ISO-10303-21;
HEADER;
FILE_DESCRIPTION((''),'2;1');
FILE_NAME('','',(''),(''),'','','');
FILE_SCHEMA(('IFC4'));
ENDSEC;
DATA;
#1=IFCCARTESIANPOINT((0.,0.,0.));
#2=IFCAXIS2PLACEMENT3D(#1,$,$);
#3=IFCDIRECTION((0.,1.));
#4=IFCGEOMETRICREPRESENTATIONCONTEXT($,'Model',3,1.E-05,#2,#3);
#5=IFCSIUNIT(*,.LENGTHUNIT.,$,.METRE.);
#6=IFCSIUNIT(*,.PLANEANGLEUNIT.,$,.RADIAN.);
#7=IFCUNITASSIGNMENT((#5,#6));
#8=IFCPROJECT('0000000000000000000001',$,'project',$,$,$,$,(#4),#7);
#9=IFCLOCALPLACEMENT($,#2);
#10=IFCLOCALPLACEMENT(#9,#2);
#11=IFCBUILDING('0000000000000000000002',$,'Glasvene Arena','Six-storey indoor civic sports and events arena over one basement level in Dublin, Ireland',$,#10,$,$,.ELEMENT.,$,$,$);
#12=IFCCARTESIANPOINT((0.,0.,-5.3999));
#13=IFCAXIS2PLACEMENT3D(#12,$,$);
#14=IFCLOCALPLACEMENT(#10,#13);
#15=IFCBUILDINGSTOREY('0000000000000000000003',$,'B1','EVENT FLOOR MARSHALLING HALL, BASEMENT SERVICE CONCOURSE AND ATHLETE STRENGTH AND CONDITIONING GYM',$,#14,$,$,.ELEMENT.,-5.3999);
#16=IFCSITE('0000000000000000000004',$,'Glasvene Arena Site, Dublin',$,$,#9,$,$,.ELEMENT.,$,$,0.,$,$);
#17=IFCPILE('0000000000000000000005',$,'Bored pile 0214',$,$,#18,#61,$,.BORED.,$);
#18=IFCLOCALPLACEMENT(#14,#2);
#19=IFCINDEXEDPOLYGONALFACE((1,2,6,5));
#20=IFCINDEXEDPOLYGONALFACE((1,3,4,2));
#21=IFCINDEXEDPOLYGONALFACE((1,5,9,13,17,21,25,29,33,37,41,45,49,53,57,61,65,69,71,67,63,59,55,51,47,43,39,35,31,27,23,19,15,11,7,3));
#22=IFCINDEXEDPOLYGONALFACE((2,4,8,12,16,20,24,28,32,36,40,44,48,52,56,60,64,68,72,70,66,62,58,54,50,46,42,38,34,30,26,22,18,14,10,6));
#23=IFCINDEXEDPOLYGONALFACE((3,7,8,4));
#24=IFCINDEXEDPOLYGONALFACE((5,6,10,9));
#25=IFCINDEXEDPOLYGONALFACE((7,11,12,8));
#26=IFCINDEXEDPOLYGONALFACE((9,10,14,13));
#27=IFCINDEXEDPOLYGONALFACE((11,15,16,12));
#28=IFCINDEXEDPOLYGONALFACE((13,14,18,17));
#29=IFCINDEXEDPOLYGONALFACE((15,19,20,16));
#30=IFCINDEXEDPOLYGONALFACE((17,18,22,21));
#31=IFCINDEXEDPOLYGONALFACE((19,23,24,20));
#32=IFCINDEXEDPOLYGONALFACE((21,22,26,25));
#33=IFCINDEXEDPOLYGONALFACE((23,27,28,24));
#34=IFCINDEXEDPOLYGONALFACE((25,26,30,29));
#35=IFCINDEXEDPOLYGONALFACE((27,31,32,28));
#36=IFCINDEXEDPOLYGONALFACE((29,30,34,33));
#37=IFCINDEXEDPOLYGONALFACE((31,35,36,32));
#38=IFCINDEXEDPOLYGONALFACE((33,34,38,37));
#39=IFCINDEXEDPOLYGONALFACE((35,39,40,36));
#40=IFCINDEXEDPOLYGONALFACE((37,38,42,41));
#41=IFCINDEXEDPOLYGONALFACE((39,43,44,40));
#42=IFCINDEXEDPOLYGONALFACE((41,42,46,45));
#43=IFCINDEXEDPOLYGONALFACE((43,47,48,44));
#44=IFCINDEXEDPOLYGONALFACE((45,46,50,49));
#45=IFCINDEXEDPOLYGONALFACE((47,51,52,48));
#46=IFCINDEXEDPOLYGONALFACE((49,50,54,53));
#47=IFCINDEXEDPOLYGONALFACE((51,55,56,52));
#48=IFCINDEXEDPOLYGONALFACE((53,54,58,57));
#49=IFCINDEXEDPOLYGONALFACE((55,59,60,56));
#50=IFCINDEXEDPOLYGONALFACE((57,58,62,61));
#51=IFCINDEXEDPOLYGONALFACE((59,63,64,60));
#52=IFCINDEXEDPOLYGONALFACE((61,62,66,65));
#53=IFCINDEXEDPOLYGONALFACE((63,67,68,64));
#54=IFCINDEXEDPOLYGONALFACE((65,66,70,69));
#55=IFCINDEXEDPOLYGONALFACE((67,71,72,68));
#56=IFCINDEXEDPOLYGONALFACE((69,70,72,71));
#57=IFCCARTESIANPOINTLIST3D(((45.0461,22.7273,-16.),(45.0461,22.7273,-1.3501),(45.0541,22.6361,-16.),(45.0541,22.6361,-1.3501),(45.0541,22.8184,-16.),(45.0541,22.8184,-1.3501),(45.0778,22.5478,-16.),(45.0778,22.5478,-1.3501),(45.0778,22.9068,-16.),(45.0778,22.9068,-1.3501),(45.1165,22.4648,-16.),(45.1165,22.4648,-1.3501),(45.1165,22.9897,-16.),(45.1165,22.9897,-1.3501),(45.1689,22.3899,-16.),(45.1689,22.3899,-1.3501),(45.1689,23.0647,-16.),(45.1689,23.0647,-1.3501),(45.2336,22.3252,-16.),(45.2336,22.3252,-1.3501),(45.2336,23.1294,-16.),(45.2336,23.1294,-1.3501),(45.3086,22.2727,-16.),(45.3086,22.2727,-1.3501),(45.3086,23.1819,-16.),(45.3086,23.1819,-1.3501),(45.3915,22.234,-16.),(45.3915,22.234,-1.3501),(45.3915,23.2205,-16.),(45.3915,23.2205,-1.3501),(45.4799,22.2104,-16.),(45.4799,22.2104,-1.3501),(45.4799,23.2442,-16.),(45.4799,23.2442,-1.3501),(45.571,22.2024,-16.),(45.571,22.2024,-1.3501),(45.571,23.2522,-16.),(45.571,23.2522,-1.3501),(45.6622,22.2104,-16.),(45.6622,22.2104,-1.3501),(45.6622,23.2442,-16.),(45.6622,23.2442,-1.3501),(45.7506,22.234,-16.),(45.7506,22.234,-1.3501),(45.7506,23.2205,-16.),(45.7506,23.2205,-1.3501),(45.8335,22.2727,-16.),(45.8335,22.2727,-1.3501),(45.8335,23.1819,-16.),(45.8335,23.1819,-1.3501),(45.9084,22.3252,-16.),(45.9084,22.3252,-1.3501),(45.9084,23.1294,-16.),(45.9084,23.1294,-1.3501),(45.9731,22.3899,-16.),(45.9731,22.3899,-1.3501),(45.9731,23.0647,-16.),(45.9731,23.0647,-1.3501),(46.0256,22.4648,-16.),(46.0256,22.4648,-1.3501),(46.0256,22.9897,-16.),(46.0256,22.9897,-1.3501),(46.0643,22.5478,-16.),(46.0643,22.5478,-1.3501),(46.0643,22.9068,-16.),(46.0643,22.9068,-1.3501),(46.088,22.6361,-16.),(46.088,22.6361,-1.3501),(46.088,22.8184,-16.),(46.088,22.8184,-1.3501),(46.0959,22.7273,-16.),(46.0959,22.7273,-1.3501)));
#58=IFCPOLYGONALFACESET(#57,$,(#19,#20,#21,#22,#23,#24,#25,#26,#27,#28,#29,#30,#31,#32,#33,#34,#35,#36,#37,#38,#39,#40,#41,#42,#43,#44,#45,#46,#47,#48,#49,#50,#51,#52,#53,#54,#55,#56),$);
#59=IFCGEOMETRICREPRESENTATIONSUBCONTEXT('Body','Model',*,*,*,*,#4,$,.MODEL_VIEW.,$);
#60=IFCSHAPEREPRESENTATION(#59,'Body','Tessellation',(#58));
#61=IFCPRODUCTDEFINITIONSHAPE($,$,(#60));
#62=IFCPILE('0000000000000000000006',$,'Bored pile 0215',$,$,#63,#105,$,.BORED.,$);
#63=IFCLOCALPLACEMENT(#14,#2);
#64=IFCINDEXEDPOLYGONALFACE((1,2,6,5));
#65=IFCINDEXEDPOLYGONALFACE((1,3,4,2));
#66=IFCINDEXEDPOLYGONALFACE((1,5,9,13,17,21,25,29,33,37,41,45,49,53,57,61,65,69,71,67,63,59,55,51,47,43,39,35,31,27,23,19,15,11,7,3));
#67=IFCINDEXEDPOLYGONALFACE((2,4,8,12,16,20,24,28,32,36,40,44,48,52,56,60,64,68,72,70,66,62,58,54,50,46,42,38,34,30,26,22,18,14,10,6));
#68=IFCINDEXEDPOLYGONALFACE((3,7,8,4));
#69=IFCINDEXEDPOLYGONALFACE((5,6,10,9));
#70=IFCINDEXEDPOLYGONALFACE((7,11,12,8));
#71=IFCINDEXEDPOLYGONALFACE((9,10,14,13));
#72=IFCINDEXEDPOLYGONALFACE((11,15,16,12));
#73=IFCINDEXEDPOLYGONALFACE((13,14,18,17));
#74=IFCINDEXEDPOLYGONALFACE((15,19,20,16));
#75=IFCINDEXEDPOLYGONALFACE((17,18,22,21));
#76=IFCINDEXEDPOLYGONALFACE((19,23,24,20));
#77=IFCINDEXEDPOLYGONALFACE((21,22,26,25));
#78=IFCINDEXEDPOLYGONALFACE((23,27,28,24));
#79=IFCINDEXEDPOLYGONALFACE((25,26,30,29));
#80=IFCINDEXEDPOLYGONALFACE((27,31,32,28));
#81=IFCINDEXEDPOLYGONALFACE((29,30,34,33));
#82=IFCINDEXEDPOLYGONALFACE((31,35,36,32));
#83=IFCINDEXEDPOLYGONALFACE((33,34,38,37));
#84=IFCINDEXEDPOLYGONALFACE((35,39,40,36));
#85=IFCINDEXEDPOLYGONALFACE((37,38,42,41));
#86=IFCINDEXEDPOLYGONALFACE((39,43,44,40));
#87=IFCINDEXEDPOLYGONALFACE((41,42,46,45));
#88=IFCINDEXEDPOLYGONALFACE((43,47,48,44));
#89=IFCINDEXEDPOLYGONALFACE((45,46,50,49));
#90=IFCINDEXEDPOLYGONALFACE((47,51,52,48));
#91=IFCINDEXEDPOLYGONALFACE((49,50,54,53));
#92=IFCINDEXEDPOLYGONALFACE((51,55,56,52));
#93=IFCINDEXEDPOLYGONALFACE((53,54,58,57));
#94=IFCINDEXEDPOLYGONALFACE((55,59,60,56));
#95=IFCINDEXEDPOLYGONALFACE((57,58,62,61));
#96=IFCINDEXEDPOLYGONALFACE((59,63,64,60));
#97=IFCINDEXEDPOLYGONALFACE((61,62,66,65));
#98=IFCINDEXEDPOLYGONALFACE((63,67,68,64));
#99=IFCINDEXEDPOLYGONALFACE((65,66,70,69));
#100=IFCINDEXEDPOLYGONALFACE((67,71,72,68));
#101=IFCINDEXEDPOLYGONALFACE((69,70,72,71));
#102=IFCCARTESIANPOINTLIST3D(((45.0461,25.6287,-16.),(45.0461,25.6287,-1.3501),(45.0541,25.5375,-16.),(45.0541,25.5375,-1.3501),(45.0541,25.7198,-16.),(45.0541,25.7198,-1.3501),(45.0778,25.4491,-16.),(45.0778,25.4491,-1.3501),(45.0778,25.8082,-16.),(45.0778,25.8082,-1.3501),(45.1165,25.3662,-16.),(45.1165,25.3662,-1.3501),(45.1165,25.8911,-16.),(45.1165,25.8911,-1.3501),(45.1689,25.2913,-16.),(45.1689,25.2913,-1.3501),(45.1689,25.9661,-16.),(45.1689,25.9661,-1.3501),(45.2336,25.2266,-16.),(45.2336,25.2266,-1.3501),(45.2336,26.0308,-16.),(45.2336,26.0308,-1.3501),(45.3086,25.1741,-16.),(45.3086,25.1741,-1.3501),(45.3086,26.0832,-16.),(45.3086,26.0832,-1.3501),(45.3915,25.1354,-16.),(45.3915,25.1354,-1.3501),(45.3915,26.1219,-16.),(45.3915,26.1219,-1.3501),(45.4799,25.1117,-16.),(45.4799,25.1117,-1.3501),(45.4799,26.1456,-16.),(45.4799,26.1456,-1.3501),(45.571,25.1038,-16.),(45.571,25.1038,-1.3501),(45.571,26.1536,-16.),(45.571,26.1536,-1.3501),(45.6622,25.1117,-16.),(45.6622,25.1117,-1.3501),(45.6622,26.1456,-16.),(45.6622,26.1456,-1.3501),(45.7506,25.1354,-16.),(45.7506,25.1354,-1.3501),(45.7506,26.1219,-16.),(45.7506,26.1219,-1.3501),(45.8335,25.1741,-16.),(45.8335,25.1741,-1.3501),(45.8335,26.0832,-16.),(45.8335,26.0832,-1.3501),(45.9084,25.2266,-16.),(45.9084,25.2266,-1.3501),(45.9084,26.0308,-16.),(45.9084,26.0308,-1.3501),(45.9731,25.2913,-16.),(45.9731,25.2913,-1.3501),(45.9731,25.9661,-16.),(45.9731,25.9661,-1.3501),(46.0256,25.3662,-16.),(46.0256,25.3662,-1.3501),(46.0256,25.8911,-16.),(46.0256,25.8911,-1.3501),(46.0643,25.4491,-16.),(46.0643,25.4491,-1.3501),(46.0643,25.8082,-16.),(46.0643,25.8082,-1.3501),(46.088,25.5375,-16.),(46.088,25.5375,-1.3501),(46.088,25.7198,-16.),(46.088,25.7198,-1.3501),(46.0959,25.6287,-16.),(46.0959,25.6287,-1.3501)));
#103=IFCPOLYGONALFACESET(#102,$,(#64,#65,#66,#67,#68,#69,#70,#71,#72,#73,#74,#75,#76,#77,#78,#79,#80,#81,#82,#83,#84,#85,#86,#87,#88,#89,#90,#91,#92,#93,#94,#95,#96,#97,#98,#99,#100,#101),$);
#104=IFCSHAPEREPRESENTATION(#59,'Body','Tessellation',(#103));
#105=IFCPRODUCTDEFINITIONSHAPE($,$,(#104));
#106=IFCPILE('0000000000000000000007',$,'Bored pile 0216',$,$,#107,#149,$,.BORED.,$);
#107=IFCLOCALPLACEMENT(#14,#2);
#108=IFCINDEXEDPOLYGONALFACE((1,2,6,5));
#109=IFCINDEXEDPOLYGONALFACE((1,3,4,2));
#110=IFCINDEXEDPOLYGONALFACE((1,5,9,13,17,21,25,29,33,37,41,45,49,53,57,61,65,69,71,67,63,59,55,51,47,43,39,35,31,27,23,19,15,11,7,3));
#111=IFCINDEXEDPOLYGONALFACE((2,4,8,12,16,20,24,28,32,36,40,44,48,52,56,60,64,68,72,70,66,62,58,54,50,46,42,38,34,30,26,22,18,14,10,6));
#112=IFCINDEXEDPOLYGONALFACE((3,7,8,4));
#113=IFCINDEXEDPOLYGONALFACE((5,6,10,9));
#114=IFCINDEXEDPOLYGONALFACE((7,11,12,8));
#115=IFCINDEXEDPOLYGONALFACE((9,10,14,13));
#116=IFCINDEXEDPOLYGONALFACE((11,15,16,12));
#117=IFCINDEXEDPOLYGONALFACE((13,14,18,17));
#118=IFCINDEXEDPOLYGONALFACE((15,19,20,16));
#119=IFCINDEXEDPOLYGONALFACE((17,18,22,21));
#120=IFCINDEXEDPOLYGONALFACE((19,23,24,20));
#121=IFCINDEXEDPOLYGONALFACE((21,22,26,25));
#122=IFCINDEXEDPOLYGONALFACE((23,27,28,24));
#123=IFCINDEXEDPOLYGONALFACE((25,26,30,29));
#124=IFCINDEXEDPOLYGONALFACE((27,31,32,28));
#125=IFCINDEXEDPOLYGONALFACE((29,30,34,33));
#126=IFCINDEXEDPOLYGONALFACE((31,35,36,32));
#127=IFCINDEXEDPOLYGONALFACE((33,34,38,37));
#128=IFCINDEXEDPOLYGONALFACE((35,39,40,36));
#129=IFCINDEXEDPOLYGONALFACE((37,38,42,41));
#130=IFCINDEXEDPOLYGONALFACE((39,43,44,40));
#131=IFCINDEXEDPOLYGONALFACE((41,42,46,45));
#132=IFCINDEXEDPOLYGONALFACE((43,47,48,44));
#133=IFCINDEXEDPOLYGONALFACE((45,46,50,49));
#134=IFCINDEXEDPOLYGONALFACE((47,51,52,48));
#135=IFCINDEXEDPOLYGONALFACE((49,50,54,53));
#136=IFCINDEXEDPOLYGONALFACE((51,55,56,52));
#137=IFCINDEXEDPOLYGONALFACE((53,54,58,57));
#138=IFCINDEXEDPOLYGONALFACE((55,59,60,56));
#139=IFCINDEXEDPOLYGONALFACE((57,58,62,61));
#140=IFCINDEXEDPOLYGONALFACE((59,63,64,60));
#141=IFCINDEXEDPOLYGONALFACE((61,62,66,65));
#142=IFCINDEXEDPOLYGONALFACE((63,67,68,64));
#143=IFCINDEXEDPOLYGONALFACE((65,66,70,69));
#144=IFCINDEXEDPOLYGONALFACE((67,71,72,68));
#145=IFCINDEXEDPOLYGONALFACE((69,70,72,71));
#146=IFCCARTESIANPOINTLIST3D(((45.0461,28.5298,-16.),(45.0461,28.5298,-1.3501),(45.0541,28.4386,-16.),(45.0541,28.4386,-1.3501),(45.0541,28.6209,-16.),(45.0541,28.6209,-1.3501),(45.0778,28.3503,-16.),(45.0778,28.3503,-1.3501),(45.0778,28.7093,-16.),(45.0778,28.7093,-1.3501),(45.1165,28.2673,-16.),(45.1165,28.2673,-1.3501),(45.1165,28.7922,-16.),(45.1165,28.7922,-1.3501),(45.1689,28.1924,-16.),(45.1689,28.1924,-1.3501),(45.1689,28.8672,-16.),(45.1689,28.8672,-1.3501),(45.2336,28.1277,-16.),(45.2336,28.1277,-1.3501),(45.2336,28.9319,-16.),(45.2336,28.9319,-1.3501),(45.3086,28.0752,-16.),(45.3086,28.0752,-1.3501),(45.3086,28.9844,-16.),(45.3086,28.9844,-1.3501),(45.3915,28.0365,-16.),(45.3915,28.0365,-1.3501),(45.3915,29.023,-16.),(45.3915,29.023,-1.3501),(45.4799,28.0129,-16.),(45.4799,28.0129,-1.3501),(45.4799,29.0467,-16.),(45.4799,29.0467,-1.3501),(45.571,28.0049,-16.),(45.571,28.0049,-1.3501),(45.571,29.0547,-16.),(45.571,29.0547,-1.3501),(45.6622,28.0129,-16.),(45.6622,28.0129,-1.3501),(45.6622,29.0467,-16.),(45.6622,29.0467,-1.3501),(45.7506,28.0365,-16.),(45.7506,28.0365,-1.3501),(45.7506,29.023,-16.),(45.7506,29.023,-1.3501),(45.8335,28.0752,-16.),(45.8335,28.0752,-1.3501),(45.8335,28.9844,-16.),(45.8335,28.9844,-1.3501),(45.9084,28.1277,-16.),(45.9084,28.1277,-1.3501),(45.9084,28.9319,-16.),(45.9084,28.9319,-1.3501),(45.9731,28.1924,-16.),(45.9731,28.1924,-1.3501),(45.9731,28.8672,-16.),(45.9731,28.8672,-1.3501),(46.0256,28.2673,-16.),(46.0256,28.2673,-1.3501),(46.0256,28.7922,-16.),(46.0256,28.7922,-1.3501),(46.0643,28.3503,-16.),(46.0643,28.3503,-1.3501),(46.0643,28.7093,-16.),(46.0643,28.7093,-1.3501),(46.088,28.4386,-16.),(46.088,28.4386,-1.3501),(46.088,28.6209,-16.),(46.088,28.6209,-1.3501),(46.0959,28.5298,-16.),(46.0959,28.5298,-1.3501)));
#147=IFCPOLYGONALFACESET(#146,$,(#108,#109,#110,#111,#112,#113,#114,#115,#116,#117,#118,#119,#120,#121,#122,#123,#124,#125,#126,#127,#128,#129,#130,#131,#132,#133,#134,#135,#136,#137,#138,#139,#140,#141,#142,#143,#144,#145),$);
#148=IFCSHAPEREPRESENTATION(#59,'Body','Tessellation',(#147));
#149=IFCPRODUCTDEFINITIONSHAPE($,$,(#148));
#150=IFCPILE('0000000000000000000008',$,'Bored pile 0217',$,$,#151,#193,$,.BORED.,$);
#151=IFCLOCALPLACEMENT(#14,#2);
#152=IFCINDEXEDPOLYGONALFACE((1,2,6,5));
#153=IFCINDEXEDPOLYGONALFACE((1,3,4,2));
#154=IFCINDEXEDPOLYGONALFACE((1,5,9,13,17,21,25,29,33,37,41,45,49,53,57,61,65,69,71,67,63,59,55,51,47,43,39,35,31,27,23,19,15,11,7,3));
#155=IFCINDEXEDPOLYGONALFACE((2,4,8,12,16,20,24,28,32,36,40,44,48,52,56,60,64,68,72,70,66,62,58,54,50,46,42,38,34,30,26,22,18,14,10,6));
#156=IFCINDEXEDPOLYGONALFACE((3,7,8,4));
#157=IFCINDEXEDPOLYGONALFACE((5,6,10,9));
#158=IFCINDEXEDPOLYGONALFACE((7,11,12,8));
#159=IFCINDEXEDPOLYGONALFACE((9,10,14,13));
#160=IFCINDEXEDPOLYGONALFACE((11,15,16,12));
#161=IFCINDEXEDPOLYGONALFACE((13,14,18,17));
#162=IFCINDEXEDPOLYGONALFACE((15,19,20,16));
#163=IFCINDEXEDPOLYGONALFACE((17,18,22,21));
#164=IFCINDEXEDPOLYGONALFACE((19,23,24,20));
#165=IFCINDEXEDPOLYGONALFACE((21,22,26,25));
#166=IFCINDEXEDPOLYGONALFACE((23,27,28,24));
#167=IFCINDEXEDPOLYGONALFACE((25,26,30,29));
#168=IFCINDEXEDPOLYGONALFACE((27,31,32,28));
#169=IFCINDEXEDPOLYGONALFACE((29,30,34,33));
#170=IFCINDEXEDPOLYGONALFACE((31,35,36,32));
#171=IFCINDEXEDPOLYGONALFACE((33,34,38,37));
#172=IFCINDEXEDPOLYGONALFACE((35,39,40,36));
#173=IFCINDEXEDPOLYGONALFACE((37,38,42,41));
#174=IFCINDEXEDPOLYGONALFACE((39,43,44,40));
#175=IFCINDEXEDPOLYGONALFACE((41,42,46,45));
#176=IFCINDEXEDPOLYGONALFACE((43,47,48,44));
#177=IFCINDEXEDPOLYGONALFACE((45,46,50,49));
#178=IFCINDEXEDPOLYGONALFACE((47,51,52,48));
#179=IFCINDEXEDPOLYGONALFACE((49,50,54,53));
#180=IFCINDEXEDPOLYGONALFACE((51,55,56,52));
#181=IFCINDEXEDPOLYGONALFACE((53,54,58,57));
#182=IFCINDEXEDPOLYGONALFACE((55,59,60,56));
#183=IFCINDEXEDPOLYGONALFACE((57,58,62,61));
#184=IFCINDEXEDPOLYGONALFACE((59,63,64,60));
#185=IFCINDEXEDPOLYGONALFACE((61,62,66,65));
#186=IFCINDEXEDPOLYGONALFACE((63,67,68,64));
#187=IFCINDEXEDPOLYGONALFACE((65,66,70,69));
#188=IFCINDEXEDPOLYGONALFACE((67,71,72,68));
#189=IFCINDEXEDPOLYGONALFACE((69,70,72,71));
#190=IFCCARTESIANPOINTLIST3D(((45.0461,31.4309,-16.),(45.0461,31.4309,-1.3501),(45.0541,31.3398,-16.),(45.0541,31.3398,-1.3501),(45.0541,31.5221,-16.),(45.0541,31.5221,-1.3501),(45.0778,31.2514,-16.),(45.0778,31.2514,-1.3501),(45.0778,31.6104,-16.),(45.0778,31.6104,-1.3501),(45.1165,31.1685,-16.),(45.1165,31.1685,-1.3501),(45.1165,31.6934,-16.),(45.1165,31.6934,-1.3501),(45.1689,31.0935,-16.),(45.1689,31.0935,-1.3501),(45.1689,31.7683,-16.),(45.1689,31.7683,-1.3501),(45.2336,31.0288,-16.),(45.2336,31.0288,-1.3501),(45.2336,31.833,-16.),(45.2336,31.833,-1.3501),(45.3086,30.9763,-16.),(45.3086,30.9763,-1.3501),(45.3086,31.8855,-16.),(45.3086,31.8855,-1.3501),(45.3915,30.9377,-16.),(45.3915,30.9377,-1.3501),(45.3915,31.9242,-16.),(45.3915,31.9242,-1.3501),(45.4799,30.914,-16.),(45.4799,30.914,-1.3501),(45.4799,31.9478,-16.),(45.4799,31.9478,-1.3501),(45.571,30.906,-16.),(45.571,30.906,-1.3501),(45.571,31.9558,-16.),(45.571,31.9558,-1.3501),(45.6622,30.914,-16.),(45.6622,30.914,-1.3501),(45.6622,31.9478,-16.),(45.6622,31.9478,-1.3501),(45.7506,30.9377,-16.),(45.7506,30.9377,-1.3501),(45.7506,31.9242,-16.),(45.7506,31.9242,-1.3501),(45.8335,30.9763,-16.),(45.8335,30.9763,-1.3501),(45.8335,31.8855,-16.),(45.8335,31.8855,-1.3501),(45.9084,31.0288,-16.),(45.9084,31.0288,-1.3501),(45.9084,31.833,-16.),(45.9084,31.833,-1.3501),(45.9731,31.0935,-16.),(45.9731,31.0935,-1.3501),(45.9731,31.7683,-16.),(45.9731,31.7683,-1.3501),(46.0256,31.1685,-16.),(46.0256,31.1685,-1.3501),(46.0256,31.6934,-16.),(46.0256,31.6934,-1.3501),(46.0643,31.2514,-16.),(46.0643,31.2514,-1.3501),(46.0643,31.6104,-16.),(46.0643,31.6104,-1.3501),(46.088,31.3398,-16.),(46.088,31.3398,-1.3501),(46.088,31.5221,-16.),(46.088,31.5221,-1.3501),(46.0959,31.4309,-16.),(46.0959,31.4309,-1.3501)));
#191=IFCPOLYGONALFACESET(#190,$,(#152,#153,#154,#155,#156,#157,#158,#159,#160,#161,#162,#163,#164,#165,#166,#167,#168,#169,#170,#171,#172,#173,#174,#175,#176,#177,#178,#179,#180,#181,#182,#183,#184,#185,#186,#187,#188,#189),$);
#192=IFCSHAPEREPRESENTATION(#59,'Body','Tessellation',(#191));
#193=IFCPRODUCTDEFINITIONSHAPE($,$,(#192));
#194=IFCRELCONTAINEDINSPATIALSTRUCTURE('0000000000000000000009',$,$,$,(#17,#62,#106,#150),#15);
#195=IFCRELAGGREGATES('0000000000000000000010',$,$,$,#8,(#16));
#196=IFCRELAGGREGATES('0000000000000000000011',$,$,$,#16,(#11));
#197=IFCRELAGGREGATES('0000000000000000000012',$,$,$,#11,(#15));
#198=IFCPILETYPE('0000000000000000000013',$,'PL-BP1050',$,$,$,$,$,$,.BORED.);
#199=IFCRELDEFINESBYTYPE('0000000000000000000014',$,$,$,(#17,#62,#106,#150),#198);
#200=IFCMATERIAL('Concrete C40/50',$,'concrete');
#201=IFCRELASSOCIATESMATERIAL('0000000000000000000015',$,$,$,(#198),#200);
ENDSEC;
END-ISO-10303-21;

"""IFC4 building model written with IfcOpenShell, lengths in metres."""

from ifc_helpers import new_model, si_unit, direction, frame, origin, origin_2d, place, context, subcontext, project, spatial, circle, extrude, material, material_profile, profile_set, type_object, element, save


model = new_model("IFC4")

# Units and contexts
model_context = context("Model", 3, precision=1e-05, world=origin(), true_north=direction((0.0, 1.0)))
body_context = subcontext(model_context, "Body", "Model", "MODEL_VIEW")
ifc_project = project(units=[si_unit("LENGTHUNIT", "METRE"), si_unit("PLANEANGLEUNIT", "RADIAN")], contexts=[model_context])

# Site, building, storey
site_placement = place(None, origin())
site = spatial("IfcSite", under=ifc_project, at=site_placement, Name="Glasvene Arena Site, Dublin", CompositionType="ELEMENT", RefElevation=0.0)
building_placement = place(site_placement, origin())
building = spatial("IfcBuilding", under=site, at=building_placement, Name="Glasvene Arena", Description="Six-storey indoor civic sports and events arena over one basement level in Dublin, Ireland", CompositionType="ELEMENT")
storey_placement = place(building_placement, frame((0.0, 0.0, -5.3999)))
storey = spatial("IfcBuildingStorey", under=building, at=storey_placement, Name="B1", Description="EVENT FLOOR MARSHALLING HALL, BASEMENT SERVICE CONCOURSE AND ATHLETE STRENGTH AND CONDITIONING GYM", CompositionType="ELEMENT", Elevation=-5.3999)

# Piles
ifc_material_1 = material(Name="Concrete C40/50", Category="concrete")
ifc_material_profile_1 = material_profile(ifc_material_1, circle(Radius=0.5249, at=origin_2d()), Name="BORED PILE 1050")
ifc_profile_set_1 = profile_set([ifc_material_profile_1], Name="Concrete C40/50")
pile_type = type_object("IfcPileType", Name="PL-BP1050", PredefinedType="BORED", material=ifc_profile_set_1)
for number, where, z_axis, x_axis, name in (
    (1, (45.571, 22.7273, -1.3501), (0.0, 0.0, -1.0), (1.0, 0.0, 0.0), "Bored pile 0214"),
    (2, (45.571, 25.6287, -1.3501), (0.0, 0.0, -1.0), (1.0, 0.0, 0.0), "Bored pile 0215"),
    (3, (45.571, 28.5298, -1.3501), (0.0, 0.0, -1.0), (1.0, 0.0, 0.0), "Bored pile 0216"),
    (4, (45.571, 31.4309, -1.3501), (0.0, 0.0, -1.0), (1.0, 0.0, 0.0), "Bored pile 0217"),
):
    element("IfcPile", number, at=place(storey_placement, frame(where, z_axis=z_axis, x_axis=x_axis)), inside=storey, type_object=pile_type, Name=name, PredefinedType="BORED", context=body_context, shape_type="SweptSolid", body=[
        extrude(circle(Radius=0.5249, at=origin_2d()), origin(), (0.0, 0.0, 1.0), 14.6499),
    ])

save(model, "model.ifc")
